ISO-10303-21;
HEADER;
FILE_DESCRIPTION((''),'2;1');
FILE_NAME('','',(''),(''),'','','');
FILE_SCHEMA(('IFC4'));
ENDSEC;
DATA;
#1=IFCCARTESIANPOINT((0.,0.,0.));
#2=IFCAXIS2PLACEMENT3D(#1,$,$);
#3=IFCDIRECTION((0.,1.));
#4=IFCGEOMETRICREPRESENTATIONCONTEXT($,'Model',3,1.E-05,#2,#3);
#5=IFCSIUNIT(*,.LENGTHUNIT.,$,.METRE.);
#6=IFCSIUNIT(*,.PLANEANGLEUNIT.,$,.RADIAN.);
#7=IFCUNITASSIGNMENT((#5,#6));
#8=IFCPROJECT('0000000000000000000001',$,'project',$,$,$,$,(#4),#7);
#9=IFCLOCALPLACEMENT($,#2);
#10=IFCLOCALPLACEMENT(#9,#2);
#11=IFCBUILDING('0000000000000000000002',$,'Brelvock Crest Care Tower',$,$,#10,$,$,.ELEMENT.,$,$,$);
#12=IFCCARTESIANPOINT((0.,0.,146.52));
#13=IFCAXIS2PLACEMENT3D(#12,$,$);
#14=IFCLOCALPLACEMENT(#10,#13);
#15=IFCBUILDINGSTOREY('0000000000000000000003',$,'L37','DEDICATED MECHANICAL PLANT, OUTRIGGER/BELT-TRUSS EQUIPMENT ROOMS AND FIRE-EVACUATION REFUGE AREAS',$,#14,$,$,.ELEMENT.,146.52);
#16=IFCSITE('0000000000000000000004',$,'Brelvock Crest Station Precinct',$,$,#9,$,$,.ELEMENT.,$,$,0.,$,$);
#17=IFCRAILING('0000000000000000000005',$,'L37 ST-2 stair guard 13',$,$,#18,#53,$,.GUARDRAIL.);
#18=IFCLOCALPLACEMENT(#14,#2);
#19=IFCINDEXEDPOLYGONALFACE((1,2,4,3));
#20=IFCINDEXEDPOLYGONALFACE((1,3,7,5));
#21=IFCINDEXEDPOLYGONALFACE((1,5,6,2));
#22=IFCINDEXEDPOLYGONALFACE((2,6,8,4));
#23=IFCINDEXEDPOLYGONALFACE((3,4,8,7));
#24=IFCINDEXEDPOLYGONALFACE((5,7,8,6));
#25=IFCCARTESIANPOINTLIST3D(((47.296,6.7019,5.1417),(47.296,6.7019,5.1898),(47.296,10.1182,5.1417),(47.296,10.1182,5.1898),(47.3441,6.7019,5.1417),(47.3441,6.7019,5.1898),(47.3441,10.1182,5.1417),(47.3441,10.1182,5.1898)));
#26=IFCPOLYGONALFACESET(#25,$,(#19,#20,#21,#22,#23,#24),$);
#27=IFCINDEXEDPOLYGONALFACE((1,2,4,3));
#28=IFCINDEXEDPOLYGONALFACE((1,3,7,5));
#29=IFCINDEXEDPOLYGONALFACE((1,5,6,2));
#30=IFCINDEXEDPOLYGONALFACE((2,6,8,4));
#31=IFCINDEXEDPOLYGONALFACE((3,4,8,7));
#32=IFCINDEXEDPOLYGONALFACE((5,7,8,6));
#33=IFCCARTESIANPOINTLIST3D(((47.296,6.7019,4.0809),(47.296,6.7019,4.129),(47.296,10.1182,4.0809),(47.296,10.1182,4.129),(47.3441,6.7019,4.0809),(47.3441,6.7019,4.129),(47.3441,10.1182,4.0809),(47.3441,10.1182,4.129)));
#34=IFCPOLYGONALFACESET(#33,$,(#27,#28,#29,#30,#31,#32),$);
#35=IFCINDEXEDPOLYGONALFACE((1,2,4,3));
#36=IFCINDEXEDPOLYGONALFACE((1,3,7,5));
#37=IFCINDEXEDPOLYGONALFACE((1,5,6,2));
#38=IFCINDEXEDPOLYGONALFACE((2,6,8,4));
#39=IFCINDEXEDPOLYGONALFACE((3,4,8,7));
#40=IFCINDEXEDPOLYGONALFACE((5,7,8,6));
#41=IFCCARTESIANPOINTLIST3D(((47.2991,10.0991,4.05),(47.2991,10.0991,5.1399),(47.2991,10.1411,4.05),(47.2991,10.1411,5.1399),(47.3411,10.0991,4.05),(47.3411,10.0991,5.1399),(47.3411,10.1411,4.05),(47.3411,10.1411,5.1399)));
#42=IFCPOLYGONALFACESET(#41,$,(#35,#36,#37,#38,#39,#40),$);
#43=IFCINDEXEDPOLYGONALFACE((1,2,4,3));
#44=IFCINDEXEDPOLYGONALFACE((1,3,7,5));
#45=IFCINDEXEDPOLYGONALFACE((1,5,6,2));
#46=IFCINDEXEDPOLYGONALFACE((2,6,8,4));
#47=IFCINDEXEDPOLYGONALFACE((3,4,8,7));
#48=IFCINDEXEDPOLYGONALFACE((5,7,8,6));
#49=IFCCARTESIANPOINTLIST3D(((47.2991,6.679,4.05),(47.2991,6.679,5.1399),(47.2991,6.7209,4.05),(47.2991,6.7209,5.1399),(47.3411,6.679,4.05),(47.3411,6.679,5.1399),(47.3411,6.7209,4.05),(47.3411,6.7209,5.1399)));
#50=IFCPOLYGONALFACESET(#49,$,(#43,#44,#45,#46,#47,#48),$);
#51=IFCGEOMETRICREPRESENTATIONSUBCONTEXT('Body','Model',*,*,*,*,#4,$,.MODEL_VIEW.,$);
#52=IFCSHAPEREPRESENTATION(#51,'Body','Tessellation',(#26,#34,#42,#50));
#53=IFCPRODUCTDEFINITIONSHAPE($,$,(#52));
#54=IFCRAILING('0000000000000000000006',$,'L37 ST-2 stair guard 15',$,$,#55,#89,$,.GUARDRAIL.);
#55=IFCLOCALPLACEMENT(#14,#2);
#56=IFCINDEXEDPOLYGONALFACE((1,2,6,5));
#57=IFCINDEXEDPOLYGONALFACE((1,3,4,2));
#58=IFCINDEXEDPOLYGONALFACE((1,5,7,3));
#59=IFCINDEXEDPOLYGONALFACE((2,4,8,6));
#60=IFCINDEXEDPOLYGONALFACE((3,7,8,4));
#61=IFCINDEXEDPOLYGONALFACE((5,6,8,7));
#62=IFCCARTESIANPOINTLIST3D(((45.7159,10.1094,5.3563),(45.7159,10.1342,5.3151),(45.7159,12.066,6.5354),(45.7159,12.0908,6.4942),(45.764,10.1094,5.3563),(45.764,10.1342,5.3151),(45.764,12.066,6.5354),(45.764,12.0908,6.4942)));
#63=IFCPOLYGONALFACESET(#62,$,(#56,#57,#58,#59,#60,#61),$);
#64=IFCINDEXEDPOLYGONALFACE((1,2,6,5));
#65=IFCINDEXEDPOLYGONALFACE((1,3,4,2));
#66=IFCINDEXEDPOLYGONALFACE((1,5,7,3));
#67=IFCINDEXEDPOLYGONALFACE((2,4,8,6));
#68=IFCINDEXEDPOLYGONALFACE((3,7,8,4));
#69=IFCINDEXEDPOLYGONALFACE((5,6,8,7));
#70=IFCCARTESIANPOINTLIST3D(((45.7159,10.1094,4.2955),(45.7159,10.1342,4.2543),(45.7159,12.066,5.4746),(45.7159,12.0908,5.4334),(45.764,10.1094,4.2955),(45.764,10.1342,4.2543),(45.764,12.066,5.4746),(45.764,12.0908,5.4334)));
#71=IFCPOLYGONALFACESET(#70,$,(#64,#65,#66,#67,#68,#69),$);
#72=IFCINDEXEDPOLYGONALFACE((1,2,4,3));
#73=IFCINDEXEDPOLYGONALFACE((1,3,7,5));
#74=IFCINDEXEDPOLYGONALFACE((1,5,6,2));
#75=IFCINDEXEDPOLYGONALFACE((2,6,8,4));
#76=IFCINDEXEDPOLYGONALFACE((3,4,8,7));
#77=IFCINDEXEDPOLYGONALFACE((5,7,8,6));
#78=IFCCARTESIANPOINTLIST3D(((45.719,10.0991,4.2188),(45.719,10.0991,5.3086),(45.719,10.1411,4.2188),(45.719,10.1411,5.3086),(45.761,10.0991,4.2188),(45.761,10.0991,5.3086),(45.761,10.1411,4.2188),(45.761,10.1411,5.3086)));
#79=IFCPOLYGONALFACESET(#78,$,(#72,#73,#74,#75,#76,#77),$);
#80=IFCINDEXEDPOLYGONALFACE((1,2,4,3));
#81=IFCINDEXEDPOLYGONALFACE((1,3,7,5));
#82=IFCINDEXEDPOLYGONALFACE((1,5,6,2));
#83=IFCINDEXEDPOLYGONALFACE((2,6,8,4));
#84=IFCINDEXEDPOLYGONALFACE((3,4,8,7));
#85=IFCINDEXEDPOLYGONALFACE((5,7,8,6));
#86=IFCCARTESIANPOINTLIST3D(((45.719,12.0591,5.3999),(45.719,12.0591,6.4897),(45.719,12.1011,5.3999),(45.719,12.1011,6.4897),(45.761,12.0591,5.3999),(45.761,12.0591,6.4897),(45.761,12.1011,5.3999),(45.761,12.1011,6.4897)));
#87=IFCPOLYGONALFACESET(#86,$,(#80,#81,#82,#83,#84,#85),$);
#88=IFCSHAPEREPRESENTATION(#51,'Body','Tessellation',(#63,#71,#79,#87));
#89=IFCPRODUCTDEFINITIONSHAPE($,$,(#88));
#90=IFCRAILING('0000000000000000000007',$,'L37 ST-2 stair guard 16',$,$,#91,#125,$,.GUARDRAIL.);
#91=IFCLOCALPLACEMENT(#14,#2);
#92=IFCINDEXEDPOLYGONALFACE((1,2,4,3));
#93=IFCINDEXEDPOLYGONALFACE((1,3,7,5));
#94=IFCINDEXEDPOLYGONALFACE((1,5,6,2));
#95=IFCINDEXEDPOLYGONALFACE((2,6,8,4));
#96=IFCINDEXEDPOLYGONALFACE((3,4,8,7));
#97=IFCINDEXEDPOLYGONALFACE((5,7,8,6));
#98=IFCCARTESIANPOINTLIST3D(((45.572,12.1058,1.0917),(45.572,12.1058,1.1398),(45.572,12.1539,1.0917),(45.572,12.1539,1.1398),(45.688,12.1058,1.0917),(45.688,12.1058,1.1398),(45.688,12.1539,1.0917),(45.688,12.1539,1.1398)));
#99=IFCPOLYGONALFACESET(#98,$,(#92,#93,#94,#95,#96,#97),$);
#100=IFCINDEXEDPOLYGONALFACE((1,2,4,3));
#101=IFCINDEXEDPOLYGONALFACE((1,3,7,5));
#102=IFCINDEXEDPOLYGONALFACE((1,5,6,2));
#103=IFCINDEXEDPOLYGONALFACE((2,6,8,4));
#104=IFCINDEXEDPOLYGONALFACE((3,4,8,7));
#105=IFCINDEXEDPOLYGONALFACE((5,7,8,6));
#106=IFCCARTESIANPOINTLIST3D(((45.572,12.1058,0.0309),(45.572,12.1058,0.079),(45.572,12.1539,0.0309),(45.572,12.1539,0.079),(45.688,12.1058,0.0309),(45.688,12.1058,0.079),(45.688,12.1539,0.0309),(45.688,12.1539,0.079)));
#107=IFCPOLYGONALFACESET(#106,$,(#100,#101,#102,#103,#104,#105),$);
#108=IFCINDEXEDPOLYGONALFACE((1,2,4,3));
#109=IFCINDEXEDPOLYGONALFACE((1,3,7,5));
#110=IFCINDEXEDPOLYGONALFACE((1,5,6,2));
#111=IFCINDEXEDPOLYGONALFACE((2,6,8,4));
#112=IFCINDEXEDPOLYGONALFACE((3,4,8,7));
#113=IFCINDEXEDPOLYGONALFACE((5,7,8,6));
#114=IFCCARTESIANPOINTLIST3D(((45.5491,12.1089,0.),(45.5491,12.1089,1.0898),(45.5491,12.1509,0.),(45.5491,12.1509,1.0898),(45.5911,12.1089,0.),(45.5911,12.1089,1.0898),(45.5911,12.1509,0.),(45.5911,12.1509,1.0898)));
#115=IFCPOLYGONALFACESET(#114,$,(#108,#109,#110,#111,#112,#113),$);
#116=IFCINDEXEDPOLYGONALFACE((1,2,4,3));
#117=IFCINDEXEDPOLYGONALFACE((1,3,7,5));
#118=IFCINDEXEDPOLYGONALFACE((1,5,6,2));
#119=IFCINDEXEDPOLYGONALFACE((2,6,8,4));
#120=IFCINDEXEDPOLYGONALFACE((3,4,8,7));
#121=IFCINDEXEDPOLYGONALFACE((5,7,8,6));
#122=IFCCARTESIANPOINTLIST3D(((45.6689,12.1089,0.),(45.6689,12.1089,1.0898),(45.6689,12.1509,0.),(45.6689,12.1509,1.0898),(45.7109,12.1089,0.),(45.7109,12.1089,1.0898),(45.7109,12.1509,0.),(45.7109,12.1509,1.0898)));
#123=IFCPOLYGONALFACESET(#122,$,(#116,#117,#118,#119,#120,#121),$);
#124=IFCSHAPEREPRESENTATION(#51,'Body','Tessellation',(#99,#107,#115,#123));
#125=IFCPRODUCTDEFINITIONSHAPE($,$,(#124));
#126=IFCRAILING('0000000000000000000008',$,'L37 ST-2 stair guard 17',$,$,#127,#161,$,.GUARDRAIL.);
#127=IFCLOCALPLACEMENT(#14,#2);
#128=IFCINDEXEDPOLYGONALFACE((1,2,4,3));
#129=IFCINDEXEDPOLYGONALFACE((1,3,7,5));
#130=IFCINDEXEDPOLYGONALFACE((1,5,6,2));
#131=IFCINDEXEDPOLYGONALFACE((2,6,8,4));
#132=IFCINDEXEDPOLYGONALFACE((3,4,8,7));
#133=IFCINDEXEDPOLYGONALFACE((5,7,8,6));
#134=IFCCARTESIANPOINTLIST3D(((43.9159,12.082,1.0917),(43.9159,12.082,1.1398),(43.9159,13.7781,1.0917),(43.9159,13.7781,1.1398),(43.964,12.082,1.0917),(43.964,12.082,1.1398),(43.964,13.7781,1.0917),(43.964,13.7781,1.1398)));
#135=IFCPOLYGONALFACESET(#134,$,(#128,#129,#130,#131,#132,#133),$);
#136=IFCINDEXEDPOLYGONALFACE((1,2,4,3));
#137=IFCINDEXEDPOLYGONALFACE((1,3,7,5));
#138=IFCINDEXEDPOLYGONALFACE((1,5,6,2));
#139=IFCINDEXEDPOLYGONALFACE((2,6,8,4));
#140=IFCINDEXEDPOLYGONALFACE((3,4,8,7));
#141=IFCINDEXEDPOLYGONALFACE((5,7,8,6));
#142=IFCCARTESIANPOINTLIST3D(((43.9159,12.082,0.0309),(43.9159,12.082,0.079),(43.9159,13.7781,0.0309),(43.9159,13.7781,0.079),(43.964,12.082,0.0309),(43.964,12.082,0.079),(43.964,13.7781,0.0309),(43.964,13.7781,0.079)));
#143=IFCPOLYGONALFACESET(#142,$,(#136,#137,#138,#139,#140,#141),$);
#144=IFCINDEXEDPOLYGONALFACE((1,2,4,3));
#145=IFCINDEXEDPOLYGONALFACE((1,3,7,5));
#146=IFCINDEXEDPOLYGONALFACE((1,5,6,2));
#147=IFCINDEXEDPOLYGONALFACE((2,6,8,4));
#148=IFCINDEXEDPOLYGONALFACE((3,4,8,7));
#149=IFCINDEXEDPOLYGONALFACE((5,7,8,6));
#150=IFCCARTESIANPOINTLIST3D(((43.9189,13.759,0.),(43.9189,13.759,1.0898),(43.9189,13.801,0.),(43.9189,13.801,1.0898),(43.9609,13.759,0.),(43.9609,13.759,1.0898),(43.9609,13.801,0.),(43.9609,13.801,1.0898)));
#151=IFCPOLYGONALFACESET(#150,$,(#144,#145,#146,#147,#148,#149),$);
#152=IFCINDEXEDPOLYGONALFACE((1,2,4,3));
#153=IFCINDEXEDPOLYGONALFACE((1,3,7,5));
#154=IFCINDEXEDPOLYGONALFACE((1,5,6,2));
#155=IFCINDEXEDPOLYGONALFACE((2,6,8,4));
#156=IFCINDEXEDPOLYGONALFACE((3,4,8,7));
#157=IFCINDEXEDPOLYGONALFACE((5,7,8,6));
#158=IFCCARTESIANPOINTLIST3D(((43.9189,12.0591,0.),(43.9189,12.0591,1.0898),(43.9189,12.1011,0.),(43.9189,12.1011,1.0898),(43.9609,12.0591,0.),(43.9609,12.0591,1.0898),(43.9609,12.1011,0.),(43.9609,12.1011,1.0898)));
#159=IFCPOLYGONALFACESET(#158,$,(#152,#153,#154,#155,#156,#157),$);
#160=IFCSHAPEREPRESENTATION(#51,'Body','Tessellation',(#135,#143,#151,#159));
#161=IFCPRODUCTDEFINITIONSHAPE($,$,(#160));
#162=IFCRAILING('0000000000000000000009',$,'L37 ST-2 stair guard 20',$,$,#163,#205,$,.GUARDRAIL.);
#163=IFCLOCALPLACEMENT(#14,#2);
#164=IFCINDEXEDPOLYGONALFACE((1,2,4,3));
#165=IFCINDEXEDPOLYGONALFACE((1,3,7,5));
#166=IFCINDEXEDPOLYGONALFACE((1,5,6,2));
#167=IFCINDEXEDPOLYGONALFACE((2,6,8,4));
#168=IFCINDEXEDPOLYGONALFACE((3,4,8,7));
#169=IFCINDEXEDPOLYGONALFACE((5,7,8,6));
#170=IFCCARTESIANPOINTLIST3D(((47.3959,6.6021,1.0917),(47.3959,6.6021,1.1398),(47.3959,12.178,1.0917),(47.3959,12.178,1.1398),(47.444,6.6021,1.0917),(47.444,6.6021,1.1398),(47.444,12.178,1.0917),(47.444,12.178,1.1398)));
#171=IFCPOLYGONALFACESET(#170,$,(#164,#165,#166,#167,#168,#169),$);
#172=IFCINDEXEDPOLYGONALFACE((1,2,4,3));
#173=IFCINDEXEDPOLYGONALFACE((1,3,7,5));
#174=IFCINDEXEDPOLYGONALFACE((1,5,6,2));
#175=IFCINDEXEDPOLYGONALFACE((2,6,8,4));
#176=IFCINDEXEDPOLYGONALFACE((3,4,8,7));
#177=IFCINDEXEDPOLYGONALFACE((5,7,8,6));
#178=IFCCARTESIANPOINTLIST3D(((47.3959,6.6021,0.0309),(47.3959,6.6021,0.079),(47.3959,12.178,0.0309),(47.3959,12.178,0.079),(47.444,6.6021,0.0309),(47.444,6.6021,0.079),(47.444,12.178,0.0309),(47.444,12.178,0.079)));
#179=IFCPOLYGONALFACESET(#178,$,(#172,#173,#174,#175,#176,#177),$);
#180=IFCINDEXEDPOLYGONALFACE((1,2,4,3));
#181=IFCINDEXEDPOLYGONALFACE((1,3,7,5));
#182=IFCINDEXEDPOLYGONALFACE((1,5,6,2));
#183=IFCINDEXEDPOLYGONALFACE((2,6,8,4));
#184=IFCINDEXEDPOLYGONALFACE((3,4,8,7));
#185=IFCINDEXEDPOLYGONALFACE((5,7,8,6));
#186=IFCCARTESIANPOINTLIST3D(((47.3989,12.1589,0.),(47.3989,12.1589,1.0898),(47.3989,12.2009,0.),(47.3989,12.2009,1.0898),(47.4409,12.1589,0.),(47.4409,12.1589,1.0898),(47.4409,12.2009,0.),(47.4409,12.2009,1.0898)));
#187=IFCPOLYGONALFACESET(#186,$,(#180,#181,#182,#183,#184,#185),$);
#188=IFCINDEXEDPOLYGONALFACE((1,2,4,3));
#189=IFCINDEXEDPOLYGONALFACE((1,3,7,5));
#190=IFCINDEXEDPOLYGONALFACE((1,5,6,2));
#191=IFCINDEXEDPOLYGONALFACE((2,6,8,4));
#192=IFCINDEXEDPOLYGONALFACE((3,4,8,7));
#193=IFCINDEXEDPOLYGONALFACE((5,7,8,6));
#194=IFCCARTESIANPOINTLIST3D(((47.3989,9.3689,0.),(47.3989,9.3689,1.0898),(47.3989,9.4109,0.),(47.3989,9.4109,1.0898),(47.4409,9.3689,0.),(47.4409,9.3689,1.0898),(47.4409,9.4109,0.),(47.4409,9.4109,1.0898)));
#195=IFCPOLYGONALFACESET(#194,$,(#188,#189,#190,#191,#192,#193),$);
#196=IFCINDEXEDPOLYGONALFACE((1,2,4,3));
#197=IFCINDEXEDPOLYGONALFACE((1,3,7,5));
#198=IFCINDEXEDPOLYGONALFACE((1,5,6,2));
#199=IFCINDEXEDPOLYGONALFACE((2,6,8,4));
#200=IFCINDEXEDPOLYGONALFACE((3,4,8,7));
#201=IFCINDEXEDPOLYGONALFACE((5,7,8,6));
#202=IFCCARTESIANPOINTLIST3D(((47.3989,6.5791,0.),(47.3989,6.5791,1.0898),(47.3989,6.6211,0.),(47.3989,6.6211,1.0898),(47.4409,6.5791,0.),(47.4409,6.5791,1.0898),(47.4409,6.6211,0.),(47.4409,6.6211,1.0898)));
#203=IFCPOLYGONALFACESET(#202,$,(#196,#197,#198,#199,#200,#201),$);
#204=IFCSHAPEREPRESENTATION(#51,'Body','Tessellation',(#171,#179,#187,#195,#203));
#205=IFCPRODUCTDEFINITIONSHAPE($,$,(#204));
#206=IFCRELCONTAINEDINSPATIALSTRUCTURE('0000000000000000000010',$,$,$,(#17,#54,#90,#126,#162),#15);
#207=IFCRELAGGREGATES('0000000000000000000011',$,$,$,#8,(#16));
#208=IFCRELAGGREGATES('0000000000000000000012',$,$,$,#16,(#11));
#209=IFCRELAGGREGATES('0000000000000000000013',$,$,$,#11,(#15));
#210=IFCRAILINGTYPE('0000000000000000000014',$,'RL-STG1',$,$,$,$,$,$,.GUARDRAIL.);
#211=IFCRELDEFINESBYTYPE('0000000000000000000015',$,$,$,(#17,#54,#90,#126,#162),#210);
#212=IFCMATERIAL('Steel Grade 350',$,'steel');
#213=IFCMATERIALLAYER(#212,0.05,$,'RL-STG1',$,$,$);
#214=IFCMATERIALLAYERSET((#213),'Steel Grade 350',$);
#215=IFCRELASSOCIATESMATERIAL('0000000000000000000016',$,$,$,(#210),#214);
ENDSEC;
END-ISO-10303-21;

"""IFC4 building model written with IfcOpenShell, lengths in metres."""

from ifc_helpers import new_model, si_unit, direction, frame, origin, origin_2d, place, context, subcontext, project, spatial, rectangle, extrude, material, layer, layer_set, type_object, element, save


model = new_model("IFC4")

# Units and contexts
model_context = context("Model", 3, precision=1e-05, world=origin(), true_north=direction((0.0, 1.0)))
body_context = subcontext(model_context, "Body", "Model", "MODEL_VIEW")
ifc_project = project(units=[si_unit("LENGTHUNIT", "METRE"), si_unit("PLANEANGLEUNIT", "RADIAN")], contexts=[model_context])

# Site, building, storey
site_placement = place(None, origin())
site = spatial("IfcSite", under=ifc_project, at=site_placement, Name="Brelvock Crest Station Precinct", CompositionType="ELEMENT", RefElevation=0.0)
building_placement = place(site_placement, origin())
building = spatial("IfcBuilding", under=site, at=building_placement, Name="Brelvock Crest Care Tower", CompositionType="ELEMENT")
storey_placement = place(building_placement, frame((0.0, 0.0, 146.52)))
storey = spatial("IfcBuildingStorey", under=building, at=storey_placement, Name="L37", Description="DEDICATED MECHANICAL PLANT, OUTRIGGER/BELT-TRUSS EQUIPMENT ROOMS AND FIRE-EVACUATION REFUGE AREAS", CompositionType="ELEMENT", Elevation=146.52)

# Shared definitions
ifc_material_1 = material(Name="Steel Grade 350", Category="steel")

# Railings
ifc_layer_1 = layer(ifc_material_1, 0.05, Name="RL-STG1")
ifc_layer_set_1 = layer_set([ifc_layer_1], Name="Steel Grade 350")
railing_type_1 = type_object("IfcRailingType", Name="RL-STG1", PredefinedType="GUARDRAIL", material=ifc_layer_set_1)
railing_1_placement = place(storey_placement, frame((47.3201, 10.1201, 4.05)))
element("IfcRailing", 1, at=railing_1_placement, inside=storey, type_object=railing_type_1, Name="L37 ST-2 stair guard 13", PredefinedType="GUARDRAIL", context=body_context, shape_type="SweptSolid", body=[
    extrude(rectangle(XDim=0.0481, YDim=0.0481, at=origin_2d()), frame((0.0, -0.002, 1.1157), z_axis=(0.0, -1.0, 0.0), x_axis=(1.0, 0.0, 0.0)), (0.0, 0.0, 1.0), 3.4163),
    extrude(rectangle(XDim=0.0481, YDim=0.0481, at=origin_2d()), frame((0.0, -0.002, 0.0549), z_axis=(0.0, -1.0, 0.0), x_axis=(1.0, 0.0, 0.0)), (0.0, 0.0, 1.0), 3.4163),
    extrude(rectangle(XDim=0.042, YDim=0.042, at=origin_2d()), origin(), (0.0, 0.0, 1.0), 1.0898),
    extrude(rectangle(XDim=0.042, YDim=0.042, at=origin_2d()), frame((0.0, -3.4202, 0.0)), (0.0, 0.0, 1.0), 1.0898),
])
railing_2_placement = place(storey_placement, frame((45.74, 10.1201, 4.2188)))
element("IfcRailing", 2, at=railing_2_placement, inside=storey, type_object=railing_type_1, Name="L37 ST-2 stair guard 15", PredefinedType="GUARDRAIL", context=body_context, shape_type="SweptSolid", body=[
    extrude(rectangle(XDim=0.0481, YDim=0.0481, at=origin_2d()), frame((0.0, 0.0017, 1.1169), z_axis=(0.0, 0.856493, 0.516158), x_axis=(-1.0, 0.0, 0.0)), (0.0, 0.0, 1.0), 2.2844),
    extrude(rectangle(XDim=0.0481, YDim=0.0481, at=origin_2d()), frame((0.0, 0.0017, 0.0562), z_axis=(0.0, 0.856493, 0.516158), x_axis=(-1.0, 0.0, 0.0)), (0.0, 0.0, 1.0), 2.2844),
    extrude(rectangle(XDim=0.042, YDim=0.042, at=origin_2d()), origin(), (0.0, 0.0, 1.0), 1.0898),
    extrude(rectangle(XDim=0.042, YDim=0.042, at=origin_2d()), frame((0.0, 1.96, 1.1812)), (0.0, 0.0, 1.0), 1.0898),
])
railing_3_placement = place(storey_placement, frame((45.5701, 12.1299, 0.0)))
element("IfcRailing", 3, at=railing_3_placement, inside=storey, type_object=railing_type_1, Name="L37 ST-2 stair guard 16", PredefinedType="GUARDRAIL", context=body_context, shape_type="SweptSolid", body=[
    extrude(rectangle(XDim=0.0481, YDim=0.0481, at=origin_2d()), frame((0.002, 0.0, 1.1157), z_axis=(1.0, 0.0, 0.0), x_axis=(0.0, 1.0, 0.0)), (0.0, 0.0, 1.0), 0.116),
    extrude(rectangle(XDim=0.0481, YDim=0.0481, at=origin_2d()), frame((0.002, 0.0, 0.0549), z_axis=(1.0, 0.0, 0.0), x_axis=(0.0, 1.0, 0.0)), (0.0, 0.0, 1.0), 0.116),
    extrude(rectangle(XDim=0.042, YDim=0.042, at=origin_2d()), origin(), (0.0, 0.0, 1.0), 1.0898),
    extrude(rectangle(XDim=0.042, YDim=0.042, at=origin_2d()), frame((0.1199, 0.0, 0.0)), (0.0, 0.0, 1.0), 1.0898),
])
railing_4_placement = place(storey_placement, frame((43.9399, 13.78, 0.0)))
element("IfcRailing", 4, at=railing_4_placement, inside=storey, type_object=railing_type_1, Name="L37 ST-2 stair guard 17", PredefinedType="GUARDRAIL", context=body_context, shape_type="SweptSolid", body=[
    extrude(rectangle(XDim=0.0481, YDim=0.0481, at=origin_2d()), frame((0.0, -0.002, 1.1157), z_axis=(0.0, -1.0, 0.0), x_axis=(1.0, 0.0, 0.0)), (0.0, 0.0, 1.0), 1.696),
    extrude(rectangle(XDim=0.0481, YDim=0.0481, at=origin_2d()), frame((0.0, -0.002, 0.0549), z_axis=(0.0, -1.0, 0.0), x_axis=(1.0, 0.0, 0.0)), (0.0, 0.0, 1.0), 1.696),
    extrude(rectangle(XDim=0.042, YDim=0.042, at=origin_2d()), origin(), (0.0, 0.0, 1.0), 1.0898),
    extrude(rectangle(XDim=0.042, YDim=0.042, at=origin_2d()), frame((0.0, -1.7, 0.0)), (0.0, 0.0, 1.0), 1.0898),
])
railing_5_placement = place(storey_placement, frame((47.4199, 12.1799, 0.0)))
element("IfcRailing", 5, at=railing_5_placement, inside=storey, type_object=railing_type_1, Name="L37 ST-2 stair guard 20", PredefinedType="GUARDRAIL", context=body_context, shape_type="SweptSolid", body=[
    extrude(rectangle(XDim=0.0481, YDim=0.0481, at=origin_2d()), frame((0.0, -0.002, 1.1157), z_axis=(0.0, -1.0, 0.0), x_axis=(1.0, 0.0, 0.0)), (0.0, 0.0, 1.0), 5.5759),
    extrude(rectangle(XDim=0.0481, YDim=0.0481, at=origin_2d()), frame((0.0, -0.002, 0.0549), z_axis=(0.0, -1.0, 0.0), x_axis=(1.0, 0.0, 0.0)), (0.0, 0.0, 1.0), 5.5759),
    extrude(rectangle(XDim=0.042, YDim=0.042, at=origin_2d()), origin(), (0.0, 0.0, 1.0), 1.0898),
    extrude(rectangle(XDim=0.042, YDim=0.042, at=origin_2d()), frame((0.0, -2.79, 0.0)), (0.0, 0.0, 1.0), 1.0898),
    extrude(rectangle(XDim=0.042, YDim=0.042, at=origin_2d()), frame((0.0, -5.5798, 0.0)), (0.0, 0.0, 1.0), 1.0898),
])

save(model, "model.ifc")
